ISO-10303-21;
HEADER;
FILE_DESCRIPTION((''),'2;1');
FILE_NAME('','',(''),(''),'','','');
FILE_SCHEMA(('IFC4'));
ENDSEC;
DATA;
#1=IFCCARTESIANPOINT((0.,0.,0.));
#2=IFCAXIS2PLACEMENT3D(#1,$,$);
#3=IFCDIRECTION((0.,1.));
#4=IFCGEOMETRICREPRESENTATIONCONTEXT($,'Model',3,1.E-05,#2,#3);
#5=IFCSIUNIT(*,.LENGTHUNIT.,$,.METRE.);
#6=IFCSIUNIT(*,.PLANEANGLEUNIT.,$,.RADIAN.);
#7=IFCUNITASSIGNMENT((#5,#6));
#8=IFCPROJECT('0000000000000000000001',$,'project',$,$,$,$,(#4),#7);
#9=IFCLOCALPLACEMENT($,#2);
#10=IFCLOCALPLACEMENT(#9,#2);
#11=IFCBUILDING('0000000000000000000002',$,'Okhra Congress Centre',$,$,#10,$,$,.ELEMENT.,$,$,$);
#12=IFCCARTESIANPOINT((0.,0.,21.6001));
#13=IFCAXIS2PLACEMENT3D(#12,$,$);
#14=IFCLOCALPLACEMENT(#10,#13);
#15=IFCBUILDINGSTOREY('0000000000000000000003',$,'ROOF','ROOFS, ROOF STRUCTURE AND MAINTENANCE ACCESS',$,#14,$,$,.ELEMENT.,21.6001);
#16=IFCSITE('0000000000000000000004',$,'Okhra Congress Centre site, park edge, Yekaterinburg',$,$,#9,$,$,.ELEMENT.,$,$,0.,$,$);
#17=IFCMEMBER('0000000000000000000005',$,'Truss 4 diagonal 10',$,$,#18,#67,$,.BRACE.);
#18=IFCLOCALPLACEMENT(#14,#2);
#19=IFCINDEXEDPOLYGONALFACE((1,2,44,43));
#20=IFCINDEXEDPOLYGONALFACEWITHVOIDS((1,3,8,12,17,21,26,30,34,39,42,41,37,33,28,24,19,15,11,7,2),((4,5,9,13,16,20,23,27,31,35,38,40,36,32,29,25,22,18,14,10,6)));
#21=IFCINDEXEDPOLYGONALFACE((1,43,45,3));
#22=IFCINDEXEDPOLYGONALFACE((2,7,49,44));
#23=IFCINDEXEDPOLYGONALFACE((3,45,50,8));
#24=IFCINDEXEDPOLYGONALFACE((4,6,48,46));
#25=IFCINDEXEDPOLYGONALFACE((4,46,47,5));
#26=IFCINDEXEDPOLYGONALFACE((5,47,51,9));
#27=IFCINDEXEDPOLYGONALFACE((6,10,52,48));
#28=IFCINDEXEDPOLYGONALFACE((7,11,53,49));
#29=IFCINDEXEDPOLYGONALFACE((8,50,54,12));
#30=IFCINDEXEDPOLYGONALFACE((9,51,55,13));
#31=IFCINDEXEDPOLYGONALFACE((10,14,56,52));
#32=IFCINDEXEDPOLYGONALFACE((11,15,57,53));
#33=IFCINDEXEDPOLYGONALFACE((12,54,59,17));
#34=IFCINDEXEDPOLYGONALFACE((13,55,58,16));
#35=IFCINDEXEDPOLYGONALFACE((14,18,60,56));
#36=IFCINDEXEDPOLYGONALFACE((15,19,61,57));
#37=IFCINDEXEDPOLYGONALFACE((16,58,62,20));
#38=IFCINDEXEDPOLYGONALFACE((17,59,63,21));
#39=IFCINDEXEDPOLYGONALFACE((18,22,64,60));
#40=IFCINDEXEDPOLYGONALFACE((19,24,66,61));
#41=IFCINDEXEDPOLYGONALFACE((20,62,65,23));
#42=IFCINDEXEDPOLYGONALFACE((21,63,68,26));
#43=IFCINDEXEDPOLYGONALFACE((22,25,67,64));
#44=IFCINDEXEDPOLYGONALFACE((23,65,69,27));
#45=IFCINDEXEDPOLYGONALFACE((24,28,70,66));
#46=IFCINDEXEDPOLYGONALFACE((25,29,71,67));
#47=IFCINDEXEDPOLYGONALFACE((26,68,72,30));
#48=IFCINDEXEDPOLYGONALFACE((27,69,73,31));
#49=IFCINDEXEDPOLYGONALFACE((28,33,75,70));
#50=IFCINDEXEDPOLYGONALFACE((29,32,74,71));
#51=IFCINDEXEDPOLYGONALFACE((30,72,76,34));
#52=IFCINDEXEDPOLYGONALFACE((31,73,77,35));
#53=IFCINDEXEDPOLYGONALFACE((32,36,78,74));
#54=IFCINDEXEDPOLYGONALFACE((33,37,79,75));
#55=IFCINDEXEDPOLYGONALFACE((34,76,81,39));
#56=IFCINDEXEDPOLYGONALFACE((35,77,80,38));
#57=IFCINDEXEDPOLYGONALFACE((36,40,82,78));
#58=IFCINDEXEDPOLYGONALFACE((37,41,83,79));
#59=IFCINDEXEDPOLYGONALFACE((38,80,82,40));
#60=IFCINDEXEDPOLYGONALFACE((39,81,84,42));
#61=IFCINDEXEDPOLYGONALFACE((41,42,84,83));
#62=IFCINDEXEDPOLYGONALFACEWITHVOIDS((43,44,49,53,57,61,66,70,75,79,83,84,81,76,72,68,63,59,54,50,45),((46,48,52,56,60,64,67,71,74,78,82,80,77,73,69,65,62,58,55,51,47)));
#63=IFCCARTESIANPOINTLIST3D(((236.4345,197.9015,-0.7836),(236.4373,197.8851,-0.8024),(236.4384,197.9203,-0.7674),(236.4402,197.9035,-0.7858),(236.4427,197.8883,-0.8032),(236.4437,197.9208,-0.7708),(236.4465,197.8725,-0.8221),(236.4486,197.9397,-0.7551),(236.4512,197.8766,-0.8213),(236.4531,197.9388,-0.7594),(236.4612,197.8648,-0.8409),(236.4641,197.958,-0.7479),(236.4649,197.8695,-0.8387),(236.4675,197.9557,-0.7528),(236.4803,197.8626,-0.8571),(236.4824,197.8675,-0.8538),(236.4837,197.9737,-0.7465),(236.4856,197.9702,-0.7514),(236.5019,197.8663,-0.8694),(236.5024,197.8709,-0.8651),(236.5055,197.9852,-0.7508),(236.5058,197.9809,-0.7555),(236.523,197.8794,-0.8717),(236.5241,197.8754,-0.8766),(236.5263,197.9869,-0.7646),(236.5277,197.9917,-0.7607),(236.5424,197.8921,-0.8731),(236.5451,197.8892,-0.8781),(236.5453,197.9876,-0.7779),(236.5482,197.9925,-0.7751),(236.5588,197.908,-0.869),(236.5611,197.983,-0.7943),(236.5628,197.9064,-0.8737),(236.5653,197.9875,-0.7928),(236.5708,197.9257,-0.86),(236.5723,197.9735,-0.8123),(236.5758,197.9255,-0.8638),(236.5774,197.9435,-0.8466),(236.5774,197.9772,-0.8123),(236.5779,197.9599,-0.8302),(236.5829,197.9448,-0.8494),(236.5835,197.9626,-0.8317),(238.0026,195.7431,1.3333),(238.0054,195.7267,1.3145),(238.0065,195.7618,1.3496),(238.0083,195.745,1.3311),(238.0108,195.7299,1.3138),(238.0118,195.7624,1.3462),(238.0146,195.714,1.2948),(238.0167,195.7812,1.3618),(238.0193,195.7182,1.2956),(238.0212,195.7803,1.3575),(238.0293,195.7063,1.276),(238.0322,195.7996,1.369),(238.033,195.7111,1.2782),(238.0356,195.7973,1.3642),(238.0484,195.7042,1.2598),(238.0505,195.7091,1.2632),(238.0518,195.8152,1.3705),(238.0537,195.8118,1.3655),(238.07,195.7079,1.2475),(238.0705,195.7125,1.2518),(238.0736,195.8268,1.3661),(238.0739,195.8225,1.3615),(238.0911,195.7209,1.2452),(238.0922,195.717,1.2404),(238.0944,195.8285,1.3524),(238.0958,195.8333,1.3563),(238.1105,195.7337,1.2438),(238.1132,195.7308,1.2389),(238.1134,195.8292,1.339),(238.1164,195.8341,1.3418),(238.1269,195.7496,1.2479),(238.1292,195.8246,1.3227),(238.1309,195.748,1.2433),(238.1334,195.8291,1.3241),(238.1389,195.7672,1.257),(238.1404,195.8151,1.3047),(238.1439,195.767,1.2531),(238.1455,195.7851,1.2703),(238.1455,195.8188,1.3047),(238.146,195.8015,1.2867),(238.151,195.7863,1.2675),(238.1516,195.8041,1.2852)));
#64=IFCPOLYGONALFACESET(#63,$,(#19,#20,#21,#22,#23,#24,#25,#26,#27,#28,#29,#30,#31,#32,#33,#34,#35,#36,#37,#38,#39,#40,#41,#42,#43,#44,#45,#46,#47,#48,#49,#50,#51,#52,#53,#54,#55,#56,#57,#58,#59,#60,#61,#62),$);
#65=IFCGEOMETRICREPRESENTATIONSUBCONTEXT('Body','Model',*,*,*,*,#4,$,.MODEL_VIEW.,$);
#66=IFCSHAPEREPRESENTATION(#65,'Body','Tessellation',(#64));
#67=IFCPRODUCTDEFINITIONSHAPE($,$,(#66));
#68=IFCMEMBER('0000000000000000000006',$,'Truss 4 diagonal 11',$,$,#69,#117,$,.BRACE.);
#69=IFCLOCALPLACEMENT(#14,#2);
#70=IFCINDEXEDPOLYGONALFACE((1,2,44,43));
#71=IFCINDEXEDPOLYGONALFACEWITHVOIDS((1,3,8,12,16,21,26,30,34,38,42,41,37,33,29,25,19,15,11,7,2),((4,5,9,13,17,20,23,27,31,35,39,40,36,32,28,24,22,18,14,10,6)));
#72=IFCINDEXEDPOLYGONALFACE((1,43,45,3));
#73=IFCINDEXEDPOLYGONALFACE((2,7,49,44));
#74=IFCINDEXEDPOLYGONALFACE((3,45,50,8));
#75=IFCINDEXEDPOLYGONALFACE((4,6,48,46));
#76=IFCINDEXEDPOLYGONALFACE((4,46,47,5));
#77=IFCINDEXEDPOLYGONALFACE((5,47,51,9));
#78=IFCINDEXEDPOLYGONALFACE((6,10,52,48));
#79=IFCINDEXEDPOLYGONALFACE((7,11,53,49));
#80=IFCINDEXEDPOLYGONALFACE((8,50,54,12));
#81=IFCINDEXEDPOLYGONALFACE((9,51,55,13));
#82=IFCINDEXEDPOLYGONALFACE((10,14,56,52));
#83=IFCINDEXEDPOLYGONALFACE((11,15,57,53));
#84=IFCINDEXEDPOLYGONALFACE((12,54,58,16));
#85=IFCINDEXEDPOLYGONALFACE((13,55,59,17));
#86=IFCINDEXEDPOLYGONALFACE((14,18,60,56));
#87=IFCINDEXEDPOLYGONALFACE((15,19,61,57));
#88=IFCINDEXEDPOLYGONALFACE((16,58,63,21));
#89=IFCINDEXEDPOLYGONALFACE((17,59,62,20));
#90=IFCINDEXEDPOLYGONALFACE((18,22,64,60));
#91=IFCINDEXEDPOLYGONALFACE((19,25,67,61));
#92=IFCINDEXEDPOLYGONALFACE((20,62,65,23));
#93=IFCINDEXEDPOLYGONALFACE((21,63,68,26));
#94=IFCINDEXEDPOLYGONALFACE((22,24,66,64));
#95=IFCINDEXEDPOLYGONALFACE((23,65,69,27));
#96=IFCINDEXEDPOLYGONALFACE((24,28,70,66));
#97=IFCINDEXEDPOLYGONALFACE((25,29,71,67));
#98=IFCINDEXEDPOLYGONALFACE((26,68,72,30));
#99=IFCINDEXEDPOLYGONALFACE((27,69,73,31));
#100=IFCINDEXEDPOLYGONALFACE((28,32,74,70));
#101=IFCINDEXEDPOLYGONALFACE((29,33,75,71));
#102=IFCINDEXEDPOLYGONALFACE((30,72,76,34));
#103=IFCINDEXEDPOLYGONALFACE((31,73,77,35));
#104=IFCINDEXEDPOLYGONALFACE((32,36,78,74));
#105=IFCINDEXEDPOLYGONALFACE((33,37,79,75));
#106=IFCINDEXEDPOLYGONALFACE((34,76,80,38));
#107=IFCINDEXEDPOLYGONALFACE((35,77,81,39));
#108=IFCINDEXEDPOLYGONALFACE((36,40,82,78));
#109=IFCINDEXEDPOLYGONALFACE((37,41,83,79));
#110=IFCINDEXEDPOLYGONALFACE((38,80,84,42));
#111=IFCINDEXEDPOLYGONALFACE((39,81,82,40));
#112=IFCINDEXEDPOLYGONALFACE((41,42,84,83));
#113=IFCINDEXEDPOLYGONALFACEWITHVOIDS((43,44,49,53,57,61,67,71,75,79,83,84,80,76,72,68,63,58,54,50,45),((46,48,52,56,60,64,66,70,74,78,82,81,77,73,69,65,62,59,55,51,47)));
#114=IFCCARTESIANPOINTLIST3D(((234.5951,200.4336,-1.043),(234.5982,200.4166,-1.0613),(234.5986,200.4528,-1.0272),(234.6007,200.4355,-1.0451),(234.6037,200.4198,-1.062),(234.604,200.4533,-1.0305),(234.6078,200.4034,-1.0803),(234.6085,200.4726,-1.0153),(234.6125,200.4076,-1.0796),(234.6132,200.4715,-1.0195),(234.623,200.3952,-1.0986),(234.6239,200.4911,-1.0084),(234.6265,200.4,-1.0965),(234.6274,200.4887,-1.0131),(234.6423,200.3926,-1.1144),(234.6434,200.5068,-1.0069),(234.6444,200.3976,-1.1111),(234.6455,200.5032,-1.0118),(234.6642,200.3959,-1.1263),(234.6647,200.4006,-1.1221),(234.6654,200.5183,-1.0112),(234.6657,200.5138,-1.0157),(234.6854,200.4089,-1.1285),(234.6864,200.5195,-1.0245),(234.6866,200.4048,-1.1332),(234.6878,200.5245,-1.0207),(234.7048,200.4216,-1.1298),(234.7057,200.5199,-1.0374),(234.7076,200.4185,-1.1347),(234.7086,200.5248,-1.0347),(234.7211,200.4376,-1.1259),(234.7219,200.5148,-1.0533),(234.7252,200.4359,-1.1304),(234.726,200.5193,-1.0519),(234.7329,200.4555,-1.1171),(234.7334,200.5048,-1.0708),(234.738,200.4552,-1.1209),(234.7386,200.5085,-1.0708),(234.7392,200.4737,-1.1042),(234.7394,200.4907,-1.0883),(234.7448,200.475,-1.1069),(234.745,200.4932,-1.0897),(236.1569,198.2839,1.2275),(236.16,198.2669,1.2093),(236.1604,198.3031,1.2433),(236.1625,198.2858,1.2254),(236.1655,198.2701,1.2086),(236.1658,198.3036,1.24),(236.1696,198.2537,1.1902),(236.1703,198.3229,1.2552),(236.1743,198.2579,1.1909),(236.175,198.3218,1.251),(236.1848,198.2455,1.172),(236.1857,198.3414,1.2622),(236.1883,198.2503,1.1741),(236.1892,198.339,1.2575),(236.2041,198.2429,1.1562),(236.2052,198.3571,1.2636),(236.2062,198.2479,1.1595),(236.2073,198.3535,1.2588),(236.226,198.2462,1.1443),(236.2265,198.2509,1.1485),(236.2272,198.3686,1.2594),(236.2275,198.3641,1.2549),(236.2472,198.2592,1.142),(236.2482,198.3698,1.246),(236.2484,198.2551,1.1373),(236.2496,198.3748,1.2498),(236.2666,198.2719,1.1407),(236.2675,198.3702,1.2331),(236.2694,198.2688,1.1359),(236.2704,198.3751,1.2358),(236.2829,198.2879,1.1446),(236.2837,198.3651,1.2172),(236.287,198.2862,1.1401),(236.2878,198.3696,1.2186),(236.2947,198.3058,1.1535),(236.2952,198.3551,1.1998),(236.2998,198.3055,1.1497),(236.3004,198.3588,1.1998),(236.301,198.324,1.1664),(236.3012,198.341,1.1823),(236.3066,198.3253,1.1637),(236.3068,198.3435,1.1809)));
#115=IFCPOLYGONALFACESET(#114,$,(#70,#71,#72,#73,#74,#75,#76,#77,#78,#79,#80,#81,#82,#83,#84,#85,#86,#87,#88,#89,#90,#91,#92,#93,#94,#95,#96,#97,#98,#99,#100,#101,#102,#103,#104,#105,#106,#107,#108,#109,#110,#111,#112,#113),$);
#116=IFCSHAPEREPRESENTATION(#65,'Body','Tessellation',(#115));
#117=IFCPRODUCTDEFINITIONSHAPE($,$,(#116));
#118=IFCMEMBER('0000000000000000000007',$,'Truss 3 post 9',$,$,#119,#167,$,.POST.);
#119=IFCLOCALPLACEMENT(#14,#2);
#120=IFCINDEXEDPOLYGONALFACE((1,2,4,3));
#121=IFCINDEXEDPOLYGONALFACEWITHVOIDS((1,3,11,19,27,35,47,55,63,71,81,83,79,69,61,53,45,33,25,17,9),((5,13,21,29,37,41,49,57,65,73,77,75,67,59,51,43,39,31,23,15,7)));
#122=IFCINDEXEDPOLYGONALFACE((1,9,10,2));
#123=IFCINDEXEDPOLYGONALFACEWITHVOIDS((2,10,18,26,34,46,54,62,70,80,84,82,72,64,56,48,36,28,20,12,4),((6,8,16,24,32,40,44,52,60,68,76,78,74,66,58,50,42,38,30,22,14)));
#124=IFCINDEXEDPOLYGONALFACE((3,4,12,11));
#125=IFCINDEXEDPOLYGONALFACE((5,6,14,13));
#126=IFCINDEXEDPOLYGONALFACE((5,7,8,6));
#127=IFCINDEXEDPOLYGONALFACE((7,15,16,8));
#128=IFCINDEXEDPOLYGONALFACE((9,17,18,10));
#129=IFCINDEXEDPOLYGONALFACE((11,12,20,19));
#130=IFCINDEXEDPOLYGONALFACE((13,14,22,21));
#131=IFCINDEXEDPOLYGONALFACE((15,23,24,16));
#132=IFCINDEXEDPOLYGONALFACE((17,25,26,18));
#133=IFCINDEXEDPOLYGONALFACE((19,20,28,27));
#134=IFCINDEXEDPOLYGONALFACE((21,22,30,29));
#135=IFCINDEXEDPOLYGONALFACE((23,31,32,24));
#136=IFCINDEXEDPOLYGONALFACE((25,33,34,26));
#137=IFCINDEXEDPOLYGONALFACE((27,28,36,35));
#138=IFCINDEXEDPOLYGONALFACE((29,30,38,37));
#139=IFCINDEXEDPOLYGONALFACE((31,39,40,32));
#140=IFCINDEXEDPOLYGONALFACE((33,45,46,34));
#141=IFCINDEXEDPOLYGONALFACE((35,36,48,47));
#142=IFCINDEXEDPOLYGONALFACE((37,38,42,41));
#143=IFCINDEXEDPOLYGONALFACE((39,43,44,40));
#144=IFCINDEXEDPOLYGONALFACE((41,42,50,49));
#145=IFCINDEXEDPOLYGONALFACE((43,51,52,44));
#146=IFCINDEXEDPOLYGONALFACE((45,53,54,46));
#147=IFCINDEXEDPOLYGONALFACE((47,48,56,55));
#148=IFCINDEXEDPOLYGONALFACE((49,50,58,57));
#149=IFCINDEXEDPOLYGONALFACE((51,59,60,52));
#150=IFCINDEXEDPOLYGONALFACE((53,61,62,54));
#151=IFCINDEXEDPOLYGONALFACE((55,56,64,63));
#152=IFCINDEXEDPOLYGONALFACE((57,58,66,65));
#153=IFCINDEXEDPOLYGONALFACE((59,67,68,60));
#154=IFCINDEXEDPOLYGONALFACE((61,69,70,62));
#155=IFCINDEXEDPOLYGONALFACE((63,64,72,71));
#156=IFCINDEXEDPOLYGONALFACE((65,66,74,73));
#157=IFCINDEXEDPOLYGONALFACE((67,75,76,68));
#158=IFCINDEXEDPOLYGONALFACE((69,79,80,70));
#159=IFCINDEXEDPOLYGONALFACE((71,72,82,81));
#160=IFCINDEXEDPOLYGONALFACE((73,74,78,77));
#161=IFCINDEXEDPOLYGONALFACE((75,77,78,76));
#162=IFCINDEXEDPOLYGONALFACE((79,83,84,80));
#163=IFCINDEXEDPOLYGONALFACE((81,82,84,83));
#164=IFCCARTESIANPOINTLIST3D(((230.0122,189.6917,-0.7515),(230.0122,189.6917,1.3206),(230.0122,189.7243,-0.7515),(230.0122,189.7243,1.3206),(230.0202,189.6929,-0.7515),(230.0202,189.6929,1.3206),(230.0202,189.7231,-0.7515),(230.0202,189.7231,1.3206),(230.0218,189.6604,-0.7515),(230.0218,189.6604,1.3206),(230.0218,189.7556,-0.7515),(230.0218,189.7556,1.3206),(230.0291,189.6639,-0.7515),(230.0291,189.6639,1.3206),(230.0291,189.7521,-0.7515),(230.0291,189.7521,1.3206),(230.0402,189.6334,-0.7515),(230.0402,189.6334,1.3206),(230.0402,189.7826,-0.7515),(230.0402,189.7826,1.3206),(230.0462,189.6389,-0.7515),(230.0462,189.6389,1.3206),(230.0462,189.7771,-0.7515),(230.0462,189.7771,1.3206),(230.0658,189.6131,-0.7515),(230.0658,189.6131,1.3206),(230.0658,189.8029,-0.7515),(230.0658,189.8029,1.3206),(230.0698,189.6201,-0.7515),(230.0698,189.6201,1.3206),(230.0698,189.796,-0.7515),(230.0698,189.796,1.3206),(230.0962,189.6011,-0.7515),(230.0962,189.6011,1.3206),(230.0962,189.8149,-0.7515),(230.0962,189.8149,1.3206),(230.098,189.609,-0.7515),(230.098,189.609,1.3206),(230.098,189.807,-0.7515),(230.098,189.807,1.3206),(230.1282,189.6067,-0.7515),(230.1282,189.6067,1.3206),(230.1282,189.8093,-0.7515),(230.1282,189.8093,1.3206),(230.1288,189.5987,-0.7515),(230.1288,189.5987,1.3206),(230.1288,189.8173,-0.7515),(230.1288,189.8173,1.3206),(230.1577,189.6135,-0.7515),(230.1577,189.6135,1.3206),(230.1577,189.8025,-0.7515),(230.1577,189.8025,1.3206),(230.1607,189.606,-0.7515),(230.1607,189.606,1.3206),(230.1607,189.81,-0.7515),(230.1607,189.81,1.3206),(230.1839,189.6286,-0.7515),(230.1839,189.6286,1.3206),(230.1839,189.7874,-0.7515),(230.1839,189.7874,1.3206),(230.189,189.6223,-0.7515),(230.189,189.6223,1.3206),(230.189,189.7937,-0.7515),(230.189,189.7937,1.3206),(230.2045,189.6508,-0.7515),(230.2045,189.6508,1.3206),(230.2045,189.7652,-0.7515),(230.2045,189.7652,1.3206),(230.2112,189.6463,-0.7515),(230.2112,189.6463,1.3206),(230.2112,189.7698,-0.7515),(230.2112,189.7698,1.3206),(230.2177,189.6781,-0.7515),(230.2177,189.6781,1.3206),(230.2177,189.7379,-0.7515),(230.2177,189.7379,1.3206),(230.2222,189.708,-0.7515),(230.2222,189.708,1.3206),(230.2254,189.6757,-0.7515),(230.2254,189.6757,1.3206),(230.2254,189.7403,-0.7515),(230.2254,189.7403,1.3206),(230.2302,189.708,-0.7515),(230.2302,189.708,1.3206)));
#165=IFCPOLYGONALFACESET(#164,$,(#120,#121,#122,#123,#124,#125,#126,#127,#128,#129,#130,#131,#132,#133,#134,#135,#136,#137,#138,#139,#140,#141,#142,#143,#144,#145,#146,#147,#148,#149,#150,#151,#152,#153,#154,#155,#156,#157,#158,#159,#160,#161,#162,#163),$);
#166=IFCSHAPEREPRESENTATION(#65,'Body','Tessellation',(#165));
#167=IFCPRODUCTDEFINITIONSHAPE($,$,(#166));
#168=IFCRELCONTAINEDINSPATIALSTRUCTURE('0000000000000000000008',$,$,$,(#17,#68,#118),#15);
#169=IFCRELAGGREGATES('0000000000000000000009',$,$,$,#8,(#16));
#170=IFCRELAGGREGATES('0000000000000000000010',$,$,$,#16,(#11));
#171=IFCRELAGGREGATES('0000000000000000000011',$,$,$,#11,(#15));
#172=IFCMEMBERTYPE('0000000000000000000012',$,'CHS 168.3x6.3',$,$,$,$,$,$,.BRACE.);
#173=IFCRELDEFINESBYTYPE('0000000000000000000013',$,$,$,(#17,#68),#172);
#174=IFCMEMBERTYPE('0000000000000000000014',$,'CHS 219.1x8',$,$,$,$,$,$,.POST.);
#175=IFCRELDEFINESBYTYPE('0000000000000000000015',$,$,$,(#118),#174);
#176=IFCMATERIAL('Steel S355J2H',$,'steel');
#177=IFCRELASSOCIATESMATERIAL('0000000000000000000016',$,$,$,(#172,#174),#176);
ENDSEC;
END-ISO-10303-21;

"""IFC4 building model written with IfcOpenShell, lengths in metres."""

from ifc_helpers import new_model, si_unit, direction, frame, origin, origin_2d, place, context, subcontext, project, spatial, hollow_circle, extrude, material, material_profile, profile_set, type_object, element, save


model = new_model("IFC4")

# Units and contexts
model_context = context("Model", 3, precision=1e-05, world=origin(), true_north=direction((0.0, 1.0)))
body_context = subcontext(model_context, "Body", "Model", "MODEL_VIEW")
ifc_project = project(units=[si_unit("LENGTHUNIT", "METRE"), si_unit("PLANEANGLEUNIT", "RADIAN")], contexts=[model_context])

# Site, building, storey
site_placement = place(None, origin())
site = spatial("IfcSite", under=ifc_project, at=site_placement, Name="Okhra Congress Centre site, park edge, Yekaterinburg", CompositionType="ELEMENT", RefElevation=0.0)
building_placement = place(site_placement, origin())
building = spatial("IfcBuilding", under=site, at=building_placement, Name="Okhra Congress Centre", CompositionType="ELEMENT")
storey_placement = place(building_placement, frame((0.0, 0.0, 21.6001)))
storey = spatial("IfcBuildingStorey", under=building, at=storey_placement, Name="ROOF", Description="ROOFS, ROOF STRUCTURE AND MAINTENANCE ACCESS", CompositionType="ELEMENT", Elevation=21.6001)

# Members
ifc_material_1 = material(Name="Steel S355J2H", Category="steel")
ifc_material_profile_1 = material_profile(ifc_material_1, hollow_circle(Radius=0.0842, WallThickness=0.0063, at=origin_2d()), Name="CHS 168.3x6.3")
ifc_profile_set_1 = profile_set([ifc_material_profile_1], Name="Steel S355J2H")
member_type_1 = type_object("IfcMemberType", Name="CHS 168.3x6.3", PredefinedType="BRACE", material=ifc_profile_set_1)
member_1_placement = place(storey_placement, frame((236.5093, 197.9277, -0.8123), z_axis=(0.460428, -0.63376, 0.621574), x_axis=(0.809033, 0.587764, 0.0)))
element("IfcMember", 1, at=member_1_placement, inside=storey, type_object=member_type_1, Name="Truss 4 diagonal 10", PredefinedType="BRACE", context=body_context, shape_type="SweptSolid", body=[
    extrude(hollow_circle(Radius=0.0842, WallThickness=0.0063, at=origin_2d()), origin(), (0.0, 0.0, 1.0), 3.4058),
])
member_2_placement = place(storey_placement, frame((234.6704, 200.459, -1.0708), z_axis=(0.446852, -0.615058, 0.649636), x_axis=(0.809026, 0.587773, 0.0)))
element("IfcMember", 2, at=member_2_placement, inside=storey, type_object=member_type_1, Name="Truss 4 diagonal 11", PredefinedType="BRACE", context=body_context, shape_type="SweptSolid", body=[
    extrude(hollow_circle(Radius=0.0842, WallThickness=0.0063, at=origin_2d()), origin(), (0.0, 0.0, 1.0), 3.4951),
])
ifc_material_profile_2 = material_profile(ifc_material_1, hollow_circle(Radius=0.1096, WallThickness=0.0081, at=origin_2d()), Name="CHS 219.1x8")
ifc_profile_set_2 = profile_set([ifc_material_profile_2], Name="Steel S355J2H")
member_type_2 = type_object("IfcMemberType", Name="CHS 219.1x8", PredefinedType="POST", material=ifc_profile_set_2)
member_3_placement = place(storey_placement, frame((230.1206, 189.708, -0.7515), z_axis=(0.0, 0.0, 1.0), x_axis=(1.0, 0.0, 0.0)))
element("IfcMember", 3, at=member_3_placement, inside=storey, type_object=member_type_2, Name="Truss 3 post 9", PredefinedType="POST", context=body_context, shape_type="SweptSolid", body=[
    extrude(hollow_circle(Radius=0.1096, WallThickness=0.0081, at=origin_2d()), origin(), (0.0, 0.0, 1.0), 2.072),
])

save(model, "model.ifc")
